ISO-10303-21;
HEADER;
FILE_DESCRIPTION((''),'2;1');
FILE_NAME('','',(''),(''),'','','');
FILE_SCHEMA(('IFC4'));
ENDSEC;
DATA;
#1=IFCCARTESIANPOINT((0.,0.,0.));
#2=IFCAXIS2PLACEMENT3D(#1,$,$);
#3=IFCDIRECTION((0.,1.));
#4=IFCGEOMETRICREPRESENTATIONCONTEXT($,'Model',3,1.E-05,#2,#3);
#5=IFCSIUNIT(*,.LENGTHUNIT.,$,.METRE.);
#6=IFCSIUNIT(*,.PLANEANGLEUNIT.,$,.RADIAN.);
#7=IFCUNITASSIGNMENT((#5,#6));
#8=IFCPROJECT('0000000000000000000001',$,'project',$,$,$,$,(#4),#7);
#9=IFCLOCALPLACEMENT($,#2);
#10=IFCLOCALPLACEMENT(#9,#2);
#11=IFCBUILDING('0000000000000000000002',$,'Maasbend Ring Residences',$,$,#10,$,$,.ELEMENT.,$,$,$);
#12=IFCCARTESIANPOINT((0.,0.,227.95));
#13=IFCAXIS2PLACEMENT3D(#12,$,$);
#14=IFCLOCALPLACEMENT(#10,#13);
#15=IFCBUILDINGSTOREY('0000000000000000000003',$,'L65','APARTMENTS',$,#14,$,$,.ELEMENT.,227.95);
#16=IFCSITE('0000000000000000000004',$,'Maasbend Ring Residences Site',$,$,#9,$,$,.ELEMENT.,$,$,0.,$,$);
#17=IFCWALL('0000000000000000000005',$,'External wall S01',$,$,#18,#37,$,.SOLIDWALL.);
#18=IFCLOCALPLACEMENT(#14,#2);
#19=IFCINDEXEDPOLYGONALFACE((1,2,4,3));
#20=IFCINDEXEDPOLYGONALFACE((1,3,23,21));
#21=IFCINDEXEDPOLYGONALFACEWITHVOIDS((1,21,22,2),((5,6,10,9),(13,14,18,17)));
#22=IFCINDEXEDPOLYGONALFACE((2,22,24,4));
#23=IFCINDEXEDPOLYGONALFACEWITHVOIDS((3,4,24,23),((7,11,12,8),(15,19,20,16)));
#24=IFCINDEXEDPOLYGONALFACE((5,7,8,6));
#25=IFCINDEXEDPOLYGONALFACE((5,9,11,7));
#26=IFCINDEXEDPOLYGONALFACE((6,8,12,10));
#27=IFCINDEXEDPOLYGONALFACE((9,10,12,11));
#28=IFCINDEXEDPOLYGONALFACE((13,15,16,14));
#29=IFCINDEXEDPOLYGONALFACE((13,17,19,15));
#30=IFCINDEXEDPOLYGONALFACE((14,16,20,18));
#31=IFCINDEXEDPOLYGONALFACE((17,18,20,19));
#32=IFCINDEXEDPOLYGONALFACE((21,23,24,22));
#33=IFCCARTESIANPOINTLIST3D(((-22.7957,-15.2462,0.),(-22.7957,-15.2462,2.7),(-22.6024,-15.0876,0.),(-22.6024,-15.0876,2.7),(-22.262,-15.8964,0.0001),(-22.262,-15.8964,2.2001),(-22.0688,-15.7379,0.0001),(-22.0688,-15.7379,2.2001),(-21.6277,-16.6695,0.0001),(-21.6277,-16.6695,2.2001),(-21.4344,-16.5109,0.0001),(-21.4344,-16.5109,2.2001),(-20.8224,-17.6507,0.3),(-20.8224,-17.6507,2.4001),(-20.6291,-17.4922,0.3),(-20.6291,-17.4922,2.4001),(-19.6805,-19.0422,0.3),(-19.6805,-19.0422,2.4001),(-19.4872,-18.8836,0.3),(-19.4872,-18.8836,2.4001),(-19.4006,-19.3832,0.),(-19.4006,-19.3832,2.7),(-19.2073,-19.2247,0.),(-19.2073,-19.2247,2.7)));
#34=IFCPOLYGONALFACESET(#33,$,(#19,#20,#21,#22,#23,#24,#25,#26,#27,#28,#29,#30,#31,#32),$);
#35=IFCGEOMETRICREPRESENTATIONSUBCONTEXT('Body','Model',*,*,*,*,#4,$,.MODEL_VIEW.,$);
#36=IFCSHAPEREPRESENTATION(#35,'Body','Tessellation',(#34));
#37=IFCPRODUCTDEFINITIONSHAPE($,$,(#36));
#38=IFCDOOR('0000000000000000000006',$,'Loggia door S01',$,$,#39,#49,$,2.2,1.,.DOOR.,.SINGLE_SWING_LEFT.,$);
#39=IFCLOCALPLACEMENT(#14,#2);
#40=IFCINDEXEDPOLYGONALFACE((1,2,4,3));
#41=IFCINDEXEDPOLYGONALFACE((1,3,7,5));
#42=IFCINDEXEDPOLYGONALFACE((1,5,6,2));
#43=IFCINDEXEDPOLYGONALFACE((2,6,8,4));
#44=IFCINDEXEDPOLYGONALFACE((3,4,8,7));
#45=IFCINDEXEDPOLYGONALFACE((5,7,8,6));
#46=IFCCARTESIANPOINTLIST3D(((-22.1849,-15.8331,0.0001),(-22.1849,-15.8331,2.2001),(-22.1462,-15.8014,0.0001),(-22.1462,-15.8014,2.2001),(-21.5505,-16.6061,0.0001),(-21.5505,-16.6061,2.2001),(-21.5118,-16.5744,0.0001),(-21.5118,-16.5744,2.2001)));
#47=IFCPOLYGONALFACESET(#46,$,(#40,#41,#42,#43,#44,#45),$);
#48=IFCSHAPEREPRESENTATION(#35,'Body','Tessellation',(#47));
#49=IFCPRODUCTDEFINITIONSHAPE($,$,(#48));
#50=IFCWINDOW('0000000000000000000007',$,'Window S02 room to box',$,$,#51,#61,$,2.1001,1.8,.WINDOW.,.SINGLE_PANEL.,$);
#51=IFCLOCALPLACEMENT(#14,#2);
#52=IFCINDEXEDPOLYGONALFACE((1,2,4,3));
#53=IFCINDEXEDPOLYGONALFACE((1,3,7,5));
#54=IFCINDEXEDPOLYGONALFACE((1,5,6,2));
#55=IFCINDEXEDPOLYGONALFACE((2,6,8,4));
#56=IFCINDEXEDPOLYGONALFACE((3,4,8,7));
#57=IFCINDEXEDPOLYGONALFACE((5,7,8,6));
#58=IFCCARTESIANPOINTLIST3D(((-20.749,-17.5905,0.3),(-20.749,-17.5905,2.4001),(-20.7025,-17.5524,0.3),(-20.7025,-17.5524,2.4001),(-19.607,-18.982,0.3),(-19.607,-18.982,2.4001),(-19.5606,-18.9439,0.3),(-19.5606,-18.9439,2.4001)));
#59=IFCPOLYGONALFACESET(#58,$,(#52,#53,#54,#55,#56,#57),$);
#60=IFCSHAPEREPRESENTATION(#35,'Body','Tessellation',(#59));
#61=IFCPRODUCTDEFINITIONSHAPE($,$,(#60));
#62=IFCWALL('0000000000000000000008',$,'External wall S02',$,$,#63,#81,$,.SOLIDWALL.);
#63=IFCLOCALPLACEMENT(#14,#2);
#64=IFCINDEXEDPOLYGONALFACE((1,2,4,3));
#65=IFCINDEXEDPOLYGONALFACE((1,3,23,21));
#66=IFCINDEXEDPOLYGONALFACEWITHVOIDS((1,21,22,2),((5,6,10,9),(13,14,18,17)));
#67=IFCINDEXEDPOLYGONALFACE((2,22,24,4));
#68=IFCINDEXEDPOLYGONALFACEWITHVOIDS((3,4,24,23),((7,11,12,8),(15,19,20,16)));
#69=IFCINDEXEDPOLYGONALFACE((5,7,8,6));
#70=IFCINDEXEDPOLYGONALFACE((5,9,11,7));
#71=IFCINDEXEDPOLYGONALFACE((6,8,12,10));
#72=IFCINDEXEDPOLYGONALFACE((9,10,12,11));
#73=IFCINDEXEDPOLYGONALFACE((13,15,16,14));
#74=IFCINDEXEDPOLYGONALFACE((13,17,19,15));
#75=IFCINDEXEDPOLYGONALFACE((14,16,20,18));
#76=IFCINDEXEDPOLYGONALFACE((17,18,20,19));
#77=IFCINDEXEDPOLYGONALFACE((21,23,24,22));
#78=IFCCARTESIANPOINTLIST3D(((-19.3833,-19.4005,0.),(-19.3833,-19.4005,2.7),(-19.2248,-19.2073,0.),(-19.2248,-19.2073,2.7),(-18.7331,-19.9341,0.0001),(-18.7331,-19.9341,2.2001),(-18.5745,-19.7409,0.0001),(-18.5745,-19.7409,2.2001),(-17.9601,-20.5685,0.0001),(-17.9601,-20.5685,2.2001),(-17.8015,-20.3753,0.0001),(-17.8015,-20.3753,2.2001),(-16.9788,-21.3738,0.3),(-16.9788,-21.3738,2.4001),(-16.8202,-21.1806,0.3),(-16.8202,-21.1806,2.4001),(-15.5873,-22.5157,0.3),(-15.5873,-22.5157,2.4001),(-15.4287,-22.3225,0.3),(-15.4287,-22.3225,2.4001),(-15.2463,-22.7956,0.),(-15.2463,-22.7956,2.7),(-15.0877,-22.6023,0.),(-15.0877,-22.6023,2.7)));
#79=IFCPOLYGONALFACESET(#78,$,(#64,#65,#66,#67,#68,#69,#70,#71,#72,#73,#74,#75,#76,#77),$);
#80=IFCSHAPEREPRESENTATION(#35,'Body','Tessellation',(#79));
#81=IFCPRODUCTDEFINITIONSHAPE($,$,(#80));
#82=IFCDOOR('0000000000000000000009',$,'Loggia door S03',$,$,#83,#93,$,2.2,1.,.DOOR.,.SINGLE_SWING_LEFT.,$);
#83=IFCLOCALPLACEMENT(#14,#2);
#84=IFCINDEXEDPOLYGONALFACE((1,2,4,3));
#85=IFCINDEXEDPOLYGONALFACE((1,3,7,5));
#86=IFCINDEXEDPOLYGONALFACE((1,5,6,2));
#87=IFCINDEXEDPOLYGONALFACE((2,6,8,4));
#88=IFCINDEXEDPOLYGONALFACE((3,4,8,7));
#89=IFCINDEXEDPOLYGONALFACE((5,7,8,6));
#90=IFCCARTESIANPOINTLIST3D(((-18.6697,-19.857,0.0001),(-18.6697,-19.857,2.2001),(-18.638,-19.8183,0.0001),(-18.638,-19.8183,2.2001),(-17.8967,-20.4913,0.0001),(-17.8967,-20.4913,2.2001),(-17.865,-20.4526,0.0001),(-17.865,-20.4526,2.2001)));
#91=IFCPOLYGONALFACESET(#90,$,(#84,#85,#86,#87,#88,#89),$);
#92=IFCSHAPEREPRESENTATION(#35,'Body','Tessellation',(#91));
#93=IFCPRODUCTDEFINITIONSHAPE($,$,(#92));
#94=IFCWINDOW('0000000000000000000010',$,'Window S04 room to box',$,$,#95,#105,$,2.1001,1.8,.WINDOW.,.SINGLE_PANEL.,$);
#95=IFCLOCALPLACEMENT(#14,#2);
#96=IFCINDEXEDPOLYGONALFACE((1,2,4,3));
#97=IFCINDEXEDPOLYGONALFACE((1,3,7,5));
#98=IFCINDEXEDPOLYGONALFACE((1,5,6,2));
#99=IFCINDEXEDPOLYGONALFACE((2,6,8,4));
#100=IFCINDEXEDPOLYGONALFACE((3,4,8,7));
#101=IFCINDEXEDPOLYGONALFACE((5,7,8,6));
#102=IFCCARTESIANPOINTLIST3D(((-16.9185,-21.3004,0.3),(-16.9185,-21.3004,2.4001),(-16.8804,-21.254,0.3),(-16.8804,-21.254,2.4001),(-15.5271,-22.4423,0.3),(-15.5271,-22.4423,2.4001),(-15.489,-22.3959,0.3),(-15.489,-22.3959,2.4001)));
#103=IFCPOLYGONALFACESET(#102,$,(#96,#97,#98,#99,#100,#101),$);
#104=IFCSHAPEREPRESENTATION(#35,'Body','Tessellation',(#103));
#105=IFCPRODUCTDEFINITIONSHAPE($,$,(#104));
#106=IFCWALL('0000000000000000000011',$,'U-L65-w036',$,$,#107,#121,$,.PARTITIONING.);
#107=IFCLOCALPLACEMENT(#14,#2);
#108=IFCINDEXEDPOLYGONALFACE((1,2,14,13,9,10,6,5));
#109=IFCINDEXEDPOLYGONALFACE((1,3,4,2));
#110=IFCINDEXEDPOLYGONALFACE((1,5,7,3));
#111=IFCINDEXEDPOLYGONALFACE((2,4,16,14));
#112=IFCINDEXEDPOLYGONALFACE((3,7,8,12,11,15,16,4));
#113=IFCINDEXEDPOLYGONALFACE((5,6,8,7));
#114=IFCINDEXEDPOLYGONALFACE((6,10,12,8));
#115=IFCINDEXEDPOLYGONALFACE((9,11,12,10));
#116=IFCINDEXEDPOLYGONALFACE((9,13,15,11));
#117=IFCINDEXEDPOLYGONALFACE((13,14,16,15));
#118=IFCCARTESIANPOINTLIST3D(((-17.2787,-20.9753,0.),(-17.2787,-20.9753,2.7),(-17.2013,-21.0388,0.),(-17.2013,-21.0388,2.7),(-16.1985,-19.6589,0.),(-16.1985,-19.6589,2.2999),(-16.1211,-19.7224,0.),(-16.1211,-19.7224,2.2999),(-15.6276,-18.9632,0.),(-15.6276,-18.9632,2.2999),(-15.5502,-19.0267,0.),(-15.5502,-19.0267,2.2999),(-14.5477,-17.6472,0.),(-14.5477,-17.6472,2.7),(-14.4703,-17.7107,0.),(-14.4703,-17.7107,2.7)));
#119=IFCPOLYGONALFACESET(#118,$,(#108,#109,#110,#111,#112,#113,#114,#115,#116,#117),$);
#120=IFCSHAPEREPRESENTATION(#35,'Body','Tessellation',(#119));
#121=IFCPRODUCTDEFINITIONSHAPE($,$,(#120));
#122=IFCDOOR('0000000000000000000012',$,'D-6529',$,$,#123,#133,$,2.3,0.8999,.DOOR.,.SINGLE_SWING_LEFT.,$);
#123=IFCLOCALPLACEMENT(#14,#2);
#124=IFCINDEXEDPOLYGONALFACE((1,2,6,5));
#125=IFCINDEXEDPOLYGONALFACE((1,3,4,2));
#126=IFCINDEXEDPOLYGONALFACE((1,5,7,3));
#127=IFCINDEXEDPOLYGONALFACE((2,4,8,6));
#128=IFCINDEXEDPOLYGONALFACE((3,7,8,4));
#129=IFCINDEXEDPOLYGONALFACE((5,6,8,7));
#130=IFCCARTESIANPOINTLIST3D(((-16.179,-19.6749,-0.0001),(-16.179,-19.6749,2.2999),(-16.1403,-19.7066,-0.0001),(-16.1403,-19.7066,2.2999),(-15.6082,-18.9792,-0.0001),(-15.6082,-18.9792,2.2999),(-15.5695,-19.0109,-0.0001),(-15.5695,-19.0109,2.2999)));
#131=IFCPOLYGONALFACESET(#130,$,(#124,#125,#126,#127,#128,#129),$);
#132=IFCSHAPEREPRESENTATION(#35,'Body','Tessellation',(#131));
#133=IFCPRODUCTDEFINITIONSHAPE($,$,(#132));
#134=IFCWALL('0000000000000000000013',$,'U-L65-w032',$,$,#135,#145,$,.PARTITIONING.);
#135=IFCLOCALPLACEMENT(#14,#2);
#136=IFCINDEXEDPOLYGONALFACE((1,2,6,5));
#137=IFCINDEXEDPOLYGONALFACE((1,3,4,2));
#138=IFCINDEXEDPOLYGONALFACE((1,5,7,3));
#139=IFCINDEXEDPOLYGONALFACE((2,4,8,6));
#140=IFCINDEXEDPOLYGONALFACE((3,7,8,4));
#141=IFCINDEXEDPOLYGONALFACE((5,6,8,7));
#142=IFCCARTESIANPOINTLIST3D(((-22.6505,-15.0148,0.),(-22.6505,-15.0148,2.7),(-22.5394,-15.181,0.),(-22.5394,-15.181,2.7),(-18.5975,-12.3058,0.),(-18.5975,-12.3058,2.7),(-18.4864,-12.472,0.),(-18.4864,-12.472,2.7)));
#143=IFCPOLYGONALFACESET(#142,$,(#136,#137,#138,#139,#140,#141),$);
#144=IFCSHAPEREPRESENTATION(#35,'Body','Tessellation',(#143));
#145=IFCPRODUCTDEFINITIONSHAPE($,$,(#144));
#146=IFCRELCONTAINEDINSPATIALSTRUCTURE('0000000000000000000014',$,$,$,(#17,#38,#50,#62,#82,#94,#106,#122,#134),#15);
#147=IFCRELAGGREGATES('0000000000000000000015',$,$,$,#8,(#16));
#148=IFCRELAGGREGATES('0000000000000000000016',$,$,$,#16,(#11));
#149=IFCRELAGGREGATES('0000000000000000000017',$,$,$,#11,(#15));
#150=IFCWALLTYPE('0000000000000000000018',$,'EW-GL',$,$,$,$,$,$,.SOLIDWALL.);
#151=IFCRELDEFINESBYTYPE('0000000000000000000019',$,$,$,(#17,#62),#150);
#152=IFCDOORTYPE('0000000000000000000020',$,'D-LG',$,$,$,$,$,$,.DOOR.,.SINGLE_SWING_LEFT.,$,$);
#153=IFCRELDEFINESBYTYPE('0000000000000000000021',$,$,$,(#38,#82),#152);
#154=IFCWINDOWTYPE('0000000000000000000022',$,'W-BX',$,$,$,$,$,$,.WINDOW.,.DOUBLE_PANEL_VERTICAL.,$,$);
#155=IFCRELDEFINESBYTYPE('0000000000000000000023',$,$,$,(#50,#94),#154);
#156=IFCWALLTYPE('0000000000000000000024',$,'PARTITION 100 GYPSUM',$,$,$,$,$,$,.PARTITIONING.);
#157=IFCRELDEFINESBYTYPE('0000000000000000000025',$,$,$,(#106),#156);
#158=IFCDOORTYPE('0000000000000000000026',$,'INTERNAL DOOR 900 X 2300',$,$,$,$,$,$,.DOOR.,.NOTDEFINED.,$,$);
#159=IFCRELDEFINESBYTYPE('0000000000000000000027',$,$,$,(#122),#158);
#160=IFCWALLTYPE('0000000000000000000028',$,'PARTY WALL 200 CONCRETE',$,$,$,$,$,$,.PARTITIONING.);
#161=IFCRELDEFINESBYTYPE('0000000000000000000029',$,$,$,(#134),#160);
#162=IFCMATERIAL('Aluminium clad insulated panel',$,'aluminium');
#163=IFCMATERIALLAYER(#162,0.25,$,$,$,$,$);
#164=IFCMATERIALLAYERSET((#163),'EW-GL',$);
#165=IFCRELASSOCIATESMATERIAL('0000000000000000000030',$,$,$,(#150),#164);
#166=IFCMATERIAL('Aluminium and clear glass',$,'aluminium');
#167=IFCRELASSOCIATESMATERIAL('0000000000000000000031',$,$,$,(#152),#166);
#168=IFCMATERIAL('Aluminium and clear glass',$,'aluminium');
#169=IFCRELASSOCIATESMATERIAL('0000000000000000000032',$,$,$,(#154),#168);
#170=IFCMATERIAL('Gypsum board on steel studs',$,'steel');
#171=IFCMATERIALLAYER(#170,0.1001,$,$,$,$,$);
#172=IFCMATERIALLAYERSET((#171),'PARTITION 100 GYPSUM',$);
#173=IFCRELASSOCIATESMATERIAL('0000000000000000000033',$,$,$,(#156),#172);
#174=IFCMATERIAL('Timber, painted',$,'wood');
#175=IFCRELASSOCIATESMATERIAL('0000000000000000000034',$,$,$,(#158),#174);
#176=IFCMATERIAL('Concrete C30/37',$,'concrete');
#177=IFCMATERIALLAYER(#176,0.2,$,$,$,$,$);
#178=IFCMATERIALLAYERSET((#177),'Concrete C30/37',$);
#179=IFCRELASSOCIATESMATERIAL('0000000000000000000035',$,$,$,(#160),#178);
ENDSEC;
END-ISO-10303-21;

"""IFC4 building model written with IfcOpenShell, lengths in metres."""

from ifc_helpers import new_model, si_unit, direction, frame, frame_2d, origin, place, context, subcontext, project, spatial, rectangle, extrude, material, layer, layer_set, type_object, element, fill, save


model = new_model("IFC4")

# Units and contexts
model_context = context("Model", 3, precision=1e-05, world=origin(), true_north=direction((0.0, 1.0)))
body_context = subcontext(model_context, "Body", "Model", "MODEL_VIEW")
ifc_project = project(units=[si_unit("LENGTHUNIT", "METRE"), si_unit("PLANEANGLEUNIT", "RADIAN")], contexts=[model_context])

# Site, building, storey
site_placement = place(None, origin())
site = spatial("IfcSite", under=ifc_project, at=site_placement, Name="Maasbend Ring Residences Site", CompositionType="ELEMENT", RefElevation=0.0)
building_placement = place(site_placement, origin())
building = spatial("IfcBuilding", under=site, at=building_placement, Name="Maasbend Ring Residences", CompositionType="ELEMENT")
storey_placement = place(building_placement, frame((0.0, 0.0, 227.95)))
storey = spatial("IfcBuildingStorey", under=building, at=storey_placement, Name="L65", Description="APARTMENTS", CompositionType="ELEMENT", Elevation=227.95)

# Walls, openings, doors, windows
ifc_material_1 = material(Name="Aluminium clad insulated panel", Category="aluminium")
ifc_layer_1 = layer(ifc_material_1, 0.25)
ifc_layer_set_1 = layer_set([ifc_layer_1], Name="EW-GL")
wall_type_1 = type_object("IfcWallType", Name="EW-GL", PredefinedType="SOLIDWALL", material=ifc_layer_set_1)
wall_1_placement = place(storey_placement, frame((-22.699, -15.167, 0.0), z_axis=(0.0, 0.0, 1.0), x_axis=(0.634382, -0.773019, 0.0)))
wall_1 = element("IfcWall", 1, at=wall_1_placement, inside=storey, type_object=wall_type_1, Name="External wall S01", PredefinedType="SOLIDWALL", context=body_context, shape_type="SweptSolid", body=[
    extrude(rectangle(XDim=5.3518, YDim=0.25, at=frame_2d((2.6758, 0.0))), origin(), (0.0, 0.0, 1.0), 2.7),
])
opening_1_placement = place(wall_1_placement, frame((0.8411, 0.0, 0.0)))
opening_1 = element("IfcOpeningElement", 2, at=opening_1_placement, cuts=wall_1, PredefinedType="OPENING", context=body_context, shape_type="SweptSolid", body=[
    extrude(rectangle(XDim=1.0, YDim=2.2, at=frame_2d((0.5, 1.1001))), frame((0.0, 0.135, 0.0), z_axis=(0.0, -1.0, 0.0), x_axis=(1.0, 0.0, 0.0)), (0.0, 0.0, 1.0), 0.27),
])
opening_2_placement = place(wall_1_placement, frame((3.1106, 0.0, 0.3)))
opening_2 = element("IfcOpeningElement", 3, at=opening_2_placement, cuts=wall_1, PredefinedType="OPENING", context=body_context, shape_type="SweptSolid", body=[
    extrude(rectangle(XDim=1.8, YDim=2.1001, at=frame_2d((0.8999, 1.05))), frame((0.0, 0.135, 0.0), z_axis=(0.0, -1.0, 0.0), x_axis=(1.0, 0.0, 0.0)), (0.0, 0.0, 1.0), 0.27),
])
ifc_material_2 = material(Name="Aluminium and clear glass", Category="aluminium")
door_type_1 = type_object("IfcDoorType", Name="D-LG", OperationType="SINGLE_SWING_LEFT", PredefinedType="DOOR", material=ifc_material_2)
door_1_placement = place(opening_1_placement, origin())
door_1 = element("IfcDoor", 4, at=door_1_placement, inside=storey, type_object=door_type_1, Name="Loggia door S01", OperationType="SINGLE_SWING_LEFT", OverallHeight=2.2, OverallWidth=1.0, PredefinedType="DOOR", context=body_context, shape_type="SweptSolid", body=[
    extrude(rectangle(XDim=1.0, YDim=2.2, at=frame_2d((0.5, 1.1001))), frame((0.0, 0.0249, 0.0), z_axis=(0.0, -1.0, 0.0), x_axis=(1.0, 0.0, 0.0)), (0.0, 0.0, 1.0), 0.05),
])
fill(opening_1, door_1)
ifc_material_3 = material(Name="Aluminium and clear glass", Category="aluminium")
window_type_1 = type_object("IfcWindowType", Name="W-BX", PartitioningType="DOUBLE_PANEL_VERTICAL", PredefinedType="WINDOW", material=ifc_material_3)
window_1_placement = place(opening_2_placement, origin())
window_1 = element("IfcWindow", 5, at=window_1_placement, inside=storey, type_object=window_type_1, Name="Window S02 room to box", OverallHeight=2.1001, OverallWidth=1.8, PartitioningType="SINGLE_PANEL", PredefinedType="WINDOW", context=body_context, shape_type="SweptSolid", body=[
    extrude(rectangle(XDim=1.8, YDim=2.1001, at=frame_2d((0.8999, 1.05))), frame((0.0, 0.03, 0.0), z_axis=(0.0, -1.0, 0.0), x_axis=(1.0, 0.0, 0.0)), (0.0, 0.0, 1.0), 0.0601),
])
fill(opening_2, window_1)
wall_2_placement = place(storey_placement, frame((-19.304, -19.304, 0.0), z_axis=(0.0, 0.0, 1.0), x_axis=(0.773019, -0.634382, 0.0)))
wall_2 = element("IfcWall", 6, at=wall_2_placement, inside=storey, type_object=wall_type_1, Name="External wall S02", PredefinedType="SOLIDWALL", context=body_context, shape_type="SweptSolid", body=[
    extrude(rectangle(XDim=5.3518, YDim=0.25, at=frame_2d((2.6758, 0.0))), origin(), (0.0, 0.0, 1.0), 2.7),
])
opening_3_placement = place(wall_2_placement, frame((0.8411, 0.0, 0.0)))
opening_3 = element("IfcOpeningElement", 7, at=opening_3_placement, cuts=wall_2, PredefinedType="OPENING", context=body_context, shape_type="SweptSolid", body=[
    extrude(rectangle(XDim=1.0, YDim=2.2, at=frame_2d((0.5, 1.1001))), frame((0.0, 0.135, 0.0), z_axis=(0.0, -1.0, 0.0), x_axis=(1.0, 0.0, 0.0)), (0.0, 0.0, 1.0), 0.27),
])
opening_4_placement = place(wall_2_placement, frame((3.1106, 0.0, 0.3)))
opening_4 = element("IfcOpeningElement", 8, at=opening_4_placement, cuts=wall_2, PredefinedType="OPENING", context=body_context, shape_type="SweptSolid", body=[
    extrude(rectangle(XDim=1.8, YDim=2.1001, at=frame_2d((0.8999, 1.05))), frame((0.0, 0.135, 0.0), z_axis=(0.0, -1.0, 0.0), x_axis=(1.0, 0.0, 0.0)), (0.0, 0.0, 1.0), 0.27),
])
door_2_placement = place(opening_3_placement, origin())
door_2 = element("IfcDoor", 9, at=door_2_placement, inside=storey, type_object=door_type_1, Name="Loggia door S03", OperationType="SINGLE_SWING_LEFT", OverallHeight=2.2, OverallWidth=1.0, PredefinedType="DOOR", context=body_context, shape_type="SweptSolid", body=[
    extrude(rectangle(XDim=1.0, YDim=2.2, at=frame_2d((0.5, 1.1001))), frame((0.0, 0.0249, 0.0), z_axis=(0.0, -1.0, 0.0), x_axis=(1.0, 0.0, 0.0)), (0.0, 0.0, 1.0), 0.05),
])
fill(opening_3, door_2)
window_2_placement = place(opening_4_placement, origin())
window_2 = element("IfcWindow", 10, at=window_2_placement, inside=storey, type_object=window_type_1, Name="Window S04 room to box", OverallHeight=2.1001, OverallWidth=1.8, PartitioningType="SINGLE_PANEL", PredefinedType="WINDOW", context=body_context, shape_type="SweptSolid", body=[
    extrude(rectangle(XDim=1.8, YDim=2.1001, at=frame_2d((0.8999, 1.05))), frame((0.0, 0.03, 0.0), z_axis=(0.0, -1.0, 0.0), x_axis=(1.0, 0.0, 0.0)), (0.0, 0.0, 1.0), 0.0601),
])
fill(opening_4, window_2)

# Wall, opening, door
ifc_material_4 = material(Name="Gypsum board on steel studs", Category="steel")
ifc_layer_2 = layer(ifc_material_4, 0.1001)
ifc_layer_set_2 = layer_set([ifc_layer_2], Name="PARTITION 100 GYPSUM")
wall_type_2 = type_object("IfcWallType", Name="PARTITION 100 GYPSUM", PredefinedType="PARTITIONING", material=ifc_layer_set_2)
wall_3_placement = place(storey_placement, frame((-17.24, -21.0071, 0.0), z_axis=(0.0, 0.0, 1.0), x_axis=(0.634343, 0.773052, 0.0)))
wall_3 = element("IfcWall", 11, at=wall_3_placement, inside=storey, type_object=wall_type_2, Name="U-L65-w036", PredefinedType="PARTITIONING", context=body_context, shape_type="SweptSolid", body=[
    extrude(rectangle(XDim=4.3052, YDim=0.1001, at=frame_2d((2.1526, 0.0))), origin(), (0.0, 0.0, 1.0), 2.7),
])
opening_5_placement = place(wall_3_placement, frame((1.7029, 0.0, 0.0)))
opening_5 = element("IfcOpeningElement", 12, at=opening_5_placement, cuts=wall_3, PredefinedType="OPENING", context=body_context, shape_type="SweptSolid", body=[
    extrude(rectangle(XDim=0.8999, YDim=2.3, at=frame_2d((0.45, 1.1499))), frame((0.0, 0.0601, 0.0), z_axis=(0.0, -1.0, 0.0), x_axis=(1.0, 0.0, 0.0)), (0.0, 0.0, 1.0), 0.1201),
])
ifc_material_5 = material(Name="Timber, painted", Category="wood")
door_type_2 = type_object("IfcDoorType", Name="INTERNAL DOOR 900 X 2300", OperationType="NOTDEFINED", PredefinedType="DOOR", material=ifc_material_5)
door_3_placement = place(opening_5_placement, origin())
door_3 = element("IfcDoor", 13, at=door_3_placement, inside=storey, type_object=door_type_2, Name="D-6529", OperationType="SINGLE_SWING_LEFT", OverallHeight=2.3, OverallWidth=0.8999, PredefinedType="DOOR", context=body_context, shape_type="SweptSolid", body=[
    extrude(rectangle(XDim=0.8999, YDim=2.3, at=frame_2d((0.45, 1.1499))), frame((0.0, 0.0249, 0.0), z_axis=(0.0, -1.0, 0.0), x_axis=(1.0, 0.0, 0.0)), (0.0, 0.0, 1.0), 0.05),
])
fill(opening_5, door_3)

# Wall
ifc_material_6 = material(Name="Concrete C30/37", Category="concrete")
ifc_layer_3 = layer(ifc_material_6, 0.2)
ifc_layer_set_3 = layer_set([ifc_layer_3], Name="Concrete C30/37")
wall_type_3 = type_object("IfcWallType", Name="PARTY WALL 200 CONCRETE", PredefinedType="PARTITIONING", material=ifc_layer_set_3)
wall_4_placement = place(storey_placement, frame((-22.595, -15.0979, 0.0), z_axis=(0.0, 0.0, 1.0), x_axis=(0.831387, 0.555694, 0.0)))
element("IfcWall", 14, at=wall_4_placement, inside=storey, type_object=wall_type_3, Name="U-L65-w032", PredefinedType="PARTITIONING", context=body_context, shape_type="SweptSolid", body=[
    extrude(rectangle(XDim=4.875, YDim=0.2, at=frame_2d((2.4375, 0.0))), origin(), (0.0, 0.0, 1.0), 2.7),
])

save(model, "model.ifc")
